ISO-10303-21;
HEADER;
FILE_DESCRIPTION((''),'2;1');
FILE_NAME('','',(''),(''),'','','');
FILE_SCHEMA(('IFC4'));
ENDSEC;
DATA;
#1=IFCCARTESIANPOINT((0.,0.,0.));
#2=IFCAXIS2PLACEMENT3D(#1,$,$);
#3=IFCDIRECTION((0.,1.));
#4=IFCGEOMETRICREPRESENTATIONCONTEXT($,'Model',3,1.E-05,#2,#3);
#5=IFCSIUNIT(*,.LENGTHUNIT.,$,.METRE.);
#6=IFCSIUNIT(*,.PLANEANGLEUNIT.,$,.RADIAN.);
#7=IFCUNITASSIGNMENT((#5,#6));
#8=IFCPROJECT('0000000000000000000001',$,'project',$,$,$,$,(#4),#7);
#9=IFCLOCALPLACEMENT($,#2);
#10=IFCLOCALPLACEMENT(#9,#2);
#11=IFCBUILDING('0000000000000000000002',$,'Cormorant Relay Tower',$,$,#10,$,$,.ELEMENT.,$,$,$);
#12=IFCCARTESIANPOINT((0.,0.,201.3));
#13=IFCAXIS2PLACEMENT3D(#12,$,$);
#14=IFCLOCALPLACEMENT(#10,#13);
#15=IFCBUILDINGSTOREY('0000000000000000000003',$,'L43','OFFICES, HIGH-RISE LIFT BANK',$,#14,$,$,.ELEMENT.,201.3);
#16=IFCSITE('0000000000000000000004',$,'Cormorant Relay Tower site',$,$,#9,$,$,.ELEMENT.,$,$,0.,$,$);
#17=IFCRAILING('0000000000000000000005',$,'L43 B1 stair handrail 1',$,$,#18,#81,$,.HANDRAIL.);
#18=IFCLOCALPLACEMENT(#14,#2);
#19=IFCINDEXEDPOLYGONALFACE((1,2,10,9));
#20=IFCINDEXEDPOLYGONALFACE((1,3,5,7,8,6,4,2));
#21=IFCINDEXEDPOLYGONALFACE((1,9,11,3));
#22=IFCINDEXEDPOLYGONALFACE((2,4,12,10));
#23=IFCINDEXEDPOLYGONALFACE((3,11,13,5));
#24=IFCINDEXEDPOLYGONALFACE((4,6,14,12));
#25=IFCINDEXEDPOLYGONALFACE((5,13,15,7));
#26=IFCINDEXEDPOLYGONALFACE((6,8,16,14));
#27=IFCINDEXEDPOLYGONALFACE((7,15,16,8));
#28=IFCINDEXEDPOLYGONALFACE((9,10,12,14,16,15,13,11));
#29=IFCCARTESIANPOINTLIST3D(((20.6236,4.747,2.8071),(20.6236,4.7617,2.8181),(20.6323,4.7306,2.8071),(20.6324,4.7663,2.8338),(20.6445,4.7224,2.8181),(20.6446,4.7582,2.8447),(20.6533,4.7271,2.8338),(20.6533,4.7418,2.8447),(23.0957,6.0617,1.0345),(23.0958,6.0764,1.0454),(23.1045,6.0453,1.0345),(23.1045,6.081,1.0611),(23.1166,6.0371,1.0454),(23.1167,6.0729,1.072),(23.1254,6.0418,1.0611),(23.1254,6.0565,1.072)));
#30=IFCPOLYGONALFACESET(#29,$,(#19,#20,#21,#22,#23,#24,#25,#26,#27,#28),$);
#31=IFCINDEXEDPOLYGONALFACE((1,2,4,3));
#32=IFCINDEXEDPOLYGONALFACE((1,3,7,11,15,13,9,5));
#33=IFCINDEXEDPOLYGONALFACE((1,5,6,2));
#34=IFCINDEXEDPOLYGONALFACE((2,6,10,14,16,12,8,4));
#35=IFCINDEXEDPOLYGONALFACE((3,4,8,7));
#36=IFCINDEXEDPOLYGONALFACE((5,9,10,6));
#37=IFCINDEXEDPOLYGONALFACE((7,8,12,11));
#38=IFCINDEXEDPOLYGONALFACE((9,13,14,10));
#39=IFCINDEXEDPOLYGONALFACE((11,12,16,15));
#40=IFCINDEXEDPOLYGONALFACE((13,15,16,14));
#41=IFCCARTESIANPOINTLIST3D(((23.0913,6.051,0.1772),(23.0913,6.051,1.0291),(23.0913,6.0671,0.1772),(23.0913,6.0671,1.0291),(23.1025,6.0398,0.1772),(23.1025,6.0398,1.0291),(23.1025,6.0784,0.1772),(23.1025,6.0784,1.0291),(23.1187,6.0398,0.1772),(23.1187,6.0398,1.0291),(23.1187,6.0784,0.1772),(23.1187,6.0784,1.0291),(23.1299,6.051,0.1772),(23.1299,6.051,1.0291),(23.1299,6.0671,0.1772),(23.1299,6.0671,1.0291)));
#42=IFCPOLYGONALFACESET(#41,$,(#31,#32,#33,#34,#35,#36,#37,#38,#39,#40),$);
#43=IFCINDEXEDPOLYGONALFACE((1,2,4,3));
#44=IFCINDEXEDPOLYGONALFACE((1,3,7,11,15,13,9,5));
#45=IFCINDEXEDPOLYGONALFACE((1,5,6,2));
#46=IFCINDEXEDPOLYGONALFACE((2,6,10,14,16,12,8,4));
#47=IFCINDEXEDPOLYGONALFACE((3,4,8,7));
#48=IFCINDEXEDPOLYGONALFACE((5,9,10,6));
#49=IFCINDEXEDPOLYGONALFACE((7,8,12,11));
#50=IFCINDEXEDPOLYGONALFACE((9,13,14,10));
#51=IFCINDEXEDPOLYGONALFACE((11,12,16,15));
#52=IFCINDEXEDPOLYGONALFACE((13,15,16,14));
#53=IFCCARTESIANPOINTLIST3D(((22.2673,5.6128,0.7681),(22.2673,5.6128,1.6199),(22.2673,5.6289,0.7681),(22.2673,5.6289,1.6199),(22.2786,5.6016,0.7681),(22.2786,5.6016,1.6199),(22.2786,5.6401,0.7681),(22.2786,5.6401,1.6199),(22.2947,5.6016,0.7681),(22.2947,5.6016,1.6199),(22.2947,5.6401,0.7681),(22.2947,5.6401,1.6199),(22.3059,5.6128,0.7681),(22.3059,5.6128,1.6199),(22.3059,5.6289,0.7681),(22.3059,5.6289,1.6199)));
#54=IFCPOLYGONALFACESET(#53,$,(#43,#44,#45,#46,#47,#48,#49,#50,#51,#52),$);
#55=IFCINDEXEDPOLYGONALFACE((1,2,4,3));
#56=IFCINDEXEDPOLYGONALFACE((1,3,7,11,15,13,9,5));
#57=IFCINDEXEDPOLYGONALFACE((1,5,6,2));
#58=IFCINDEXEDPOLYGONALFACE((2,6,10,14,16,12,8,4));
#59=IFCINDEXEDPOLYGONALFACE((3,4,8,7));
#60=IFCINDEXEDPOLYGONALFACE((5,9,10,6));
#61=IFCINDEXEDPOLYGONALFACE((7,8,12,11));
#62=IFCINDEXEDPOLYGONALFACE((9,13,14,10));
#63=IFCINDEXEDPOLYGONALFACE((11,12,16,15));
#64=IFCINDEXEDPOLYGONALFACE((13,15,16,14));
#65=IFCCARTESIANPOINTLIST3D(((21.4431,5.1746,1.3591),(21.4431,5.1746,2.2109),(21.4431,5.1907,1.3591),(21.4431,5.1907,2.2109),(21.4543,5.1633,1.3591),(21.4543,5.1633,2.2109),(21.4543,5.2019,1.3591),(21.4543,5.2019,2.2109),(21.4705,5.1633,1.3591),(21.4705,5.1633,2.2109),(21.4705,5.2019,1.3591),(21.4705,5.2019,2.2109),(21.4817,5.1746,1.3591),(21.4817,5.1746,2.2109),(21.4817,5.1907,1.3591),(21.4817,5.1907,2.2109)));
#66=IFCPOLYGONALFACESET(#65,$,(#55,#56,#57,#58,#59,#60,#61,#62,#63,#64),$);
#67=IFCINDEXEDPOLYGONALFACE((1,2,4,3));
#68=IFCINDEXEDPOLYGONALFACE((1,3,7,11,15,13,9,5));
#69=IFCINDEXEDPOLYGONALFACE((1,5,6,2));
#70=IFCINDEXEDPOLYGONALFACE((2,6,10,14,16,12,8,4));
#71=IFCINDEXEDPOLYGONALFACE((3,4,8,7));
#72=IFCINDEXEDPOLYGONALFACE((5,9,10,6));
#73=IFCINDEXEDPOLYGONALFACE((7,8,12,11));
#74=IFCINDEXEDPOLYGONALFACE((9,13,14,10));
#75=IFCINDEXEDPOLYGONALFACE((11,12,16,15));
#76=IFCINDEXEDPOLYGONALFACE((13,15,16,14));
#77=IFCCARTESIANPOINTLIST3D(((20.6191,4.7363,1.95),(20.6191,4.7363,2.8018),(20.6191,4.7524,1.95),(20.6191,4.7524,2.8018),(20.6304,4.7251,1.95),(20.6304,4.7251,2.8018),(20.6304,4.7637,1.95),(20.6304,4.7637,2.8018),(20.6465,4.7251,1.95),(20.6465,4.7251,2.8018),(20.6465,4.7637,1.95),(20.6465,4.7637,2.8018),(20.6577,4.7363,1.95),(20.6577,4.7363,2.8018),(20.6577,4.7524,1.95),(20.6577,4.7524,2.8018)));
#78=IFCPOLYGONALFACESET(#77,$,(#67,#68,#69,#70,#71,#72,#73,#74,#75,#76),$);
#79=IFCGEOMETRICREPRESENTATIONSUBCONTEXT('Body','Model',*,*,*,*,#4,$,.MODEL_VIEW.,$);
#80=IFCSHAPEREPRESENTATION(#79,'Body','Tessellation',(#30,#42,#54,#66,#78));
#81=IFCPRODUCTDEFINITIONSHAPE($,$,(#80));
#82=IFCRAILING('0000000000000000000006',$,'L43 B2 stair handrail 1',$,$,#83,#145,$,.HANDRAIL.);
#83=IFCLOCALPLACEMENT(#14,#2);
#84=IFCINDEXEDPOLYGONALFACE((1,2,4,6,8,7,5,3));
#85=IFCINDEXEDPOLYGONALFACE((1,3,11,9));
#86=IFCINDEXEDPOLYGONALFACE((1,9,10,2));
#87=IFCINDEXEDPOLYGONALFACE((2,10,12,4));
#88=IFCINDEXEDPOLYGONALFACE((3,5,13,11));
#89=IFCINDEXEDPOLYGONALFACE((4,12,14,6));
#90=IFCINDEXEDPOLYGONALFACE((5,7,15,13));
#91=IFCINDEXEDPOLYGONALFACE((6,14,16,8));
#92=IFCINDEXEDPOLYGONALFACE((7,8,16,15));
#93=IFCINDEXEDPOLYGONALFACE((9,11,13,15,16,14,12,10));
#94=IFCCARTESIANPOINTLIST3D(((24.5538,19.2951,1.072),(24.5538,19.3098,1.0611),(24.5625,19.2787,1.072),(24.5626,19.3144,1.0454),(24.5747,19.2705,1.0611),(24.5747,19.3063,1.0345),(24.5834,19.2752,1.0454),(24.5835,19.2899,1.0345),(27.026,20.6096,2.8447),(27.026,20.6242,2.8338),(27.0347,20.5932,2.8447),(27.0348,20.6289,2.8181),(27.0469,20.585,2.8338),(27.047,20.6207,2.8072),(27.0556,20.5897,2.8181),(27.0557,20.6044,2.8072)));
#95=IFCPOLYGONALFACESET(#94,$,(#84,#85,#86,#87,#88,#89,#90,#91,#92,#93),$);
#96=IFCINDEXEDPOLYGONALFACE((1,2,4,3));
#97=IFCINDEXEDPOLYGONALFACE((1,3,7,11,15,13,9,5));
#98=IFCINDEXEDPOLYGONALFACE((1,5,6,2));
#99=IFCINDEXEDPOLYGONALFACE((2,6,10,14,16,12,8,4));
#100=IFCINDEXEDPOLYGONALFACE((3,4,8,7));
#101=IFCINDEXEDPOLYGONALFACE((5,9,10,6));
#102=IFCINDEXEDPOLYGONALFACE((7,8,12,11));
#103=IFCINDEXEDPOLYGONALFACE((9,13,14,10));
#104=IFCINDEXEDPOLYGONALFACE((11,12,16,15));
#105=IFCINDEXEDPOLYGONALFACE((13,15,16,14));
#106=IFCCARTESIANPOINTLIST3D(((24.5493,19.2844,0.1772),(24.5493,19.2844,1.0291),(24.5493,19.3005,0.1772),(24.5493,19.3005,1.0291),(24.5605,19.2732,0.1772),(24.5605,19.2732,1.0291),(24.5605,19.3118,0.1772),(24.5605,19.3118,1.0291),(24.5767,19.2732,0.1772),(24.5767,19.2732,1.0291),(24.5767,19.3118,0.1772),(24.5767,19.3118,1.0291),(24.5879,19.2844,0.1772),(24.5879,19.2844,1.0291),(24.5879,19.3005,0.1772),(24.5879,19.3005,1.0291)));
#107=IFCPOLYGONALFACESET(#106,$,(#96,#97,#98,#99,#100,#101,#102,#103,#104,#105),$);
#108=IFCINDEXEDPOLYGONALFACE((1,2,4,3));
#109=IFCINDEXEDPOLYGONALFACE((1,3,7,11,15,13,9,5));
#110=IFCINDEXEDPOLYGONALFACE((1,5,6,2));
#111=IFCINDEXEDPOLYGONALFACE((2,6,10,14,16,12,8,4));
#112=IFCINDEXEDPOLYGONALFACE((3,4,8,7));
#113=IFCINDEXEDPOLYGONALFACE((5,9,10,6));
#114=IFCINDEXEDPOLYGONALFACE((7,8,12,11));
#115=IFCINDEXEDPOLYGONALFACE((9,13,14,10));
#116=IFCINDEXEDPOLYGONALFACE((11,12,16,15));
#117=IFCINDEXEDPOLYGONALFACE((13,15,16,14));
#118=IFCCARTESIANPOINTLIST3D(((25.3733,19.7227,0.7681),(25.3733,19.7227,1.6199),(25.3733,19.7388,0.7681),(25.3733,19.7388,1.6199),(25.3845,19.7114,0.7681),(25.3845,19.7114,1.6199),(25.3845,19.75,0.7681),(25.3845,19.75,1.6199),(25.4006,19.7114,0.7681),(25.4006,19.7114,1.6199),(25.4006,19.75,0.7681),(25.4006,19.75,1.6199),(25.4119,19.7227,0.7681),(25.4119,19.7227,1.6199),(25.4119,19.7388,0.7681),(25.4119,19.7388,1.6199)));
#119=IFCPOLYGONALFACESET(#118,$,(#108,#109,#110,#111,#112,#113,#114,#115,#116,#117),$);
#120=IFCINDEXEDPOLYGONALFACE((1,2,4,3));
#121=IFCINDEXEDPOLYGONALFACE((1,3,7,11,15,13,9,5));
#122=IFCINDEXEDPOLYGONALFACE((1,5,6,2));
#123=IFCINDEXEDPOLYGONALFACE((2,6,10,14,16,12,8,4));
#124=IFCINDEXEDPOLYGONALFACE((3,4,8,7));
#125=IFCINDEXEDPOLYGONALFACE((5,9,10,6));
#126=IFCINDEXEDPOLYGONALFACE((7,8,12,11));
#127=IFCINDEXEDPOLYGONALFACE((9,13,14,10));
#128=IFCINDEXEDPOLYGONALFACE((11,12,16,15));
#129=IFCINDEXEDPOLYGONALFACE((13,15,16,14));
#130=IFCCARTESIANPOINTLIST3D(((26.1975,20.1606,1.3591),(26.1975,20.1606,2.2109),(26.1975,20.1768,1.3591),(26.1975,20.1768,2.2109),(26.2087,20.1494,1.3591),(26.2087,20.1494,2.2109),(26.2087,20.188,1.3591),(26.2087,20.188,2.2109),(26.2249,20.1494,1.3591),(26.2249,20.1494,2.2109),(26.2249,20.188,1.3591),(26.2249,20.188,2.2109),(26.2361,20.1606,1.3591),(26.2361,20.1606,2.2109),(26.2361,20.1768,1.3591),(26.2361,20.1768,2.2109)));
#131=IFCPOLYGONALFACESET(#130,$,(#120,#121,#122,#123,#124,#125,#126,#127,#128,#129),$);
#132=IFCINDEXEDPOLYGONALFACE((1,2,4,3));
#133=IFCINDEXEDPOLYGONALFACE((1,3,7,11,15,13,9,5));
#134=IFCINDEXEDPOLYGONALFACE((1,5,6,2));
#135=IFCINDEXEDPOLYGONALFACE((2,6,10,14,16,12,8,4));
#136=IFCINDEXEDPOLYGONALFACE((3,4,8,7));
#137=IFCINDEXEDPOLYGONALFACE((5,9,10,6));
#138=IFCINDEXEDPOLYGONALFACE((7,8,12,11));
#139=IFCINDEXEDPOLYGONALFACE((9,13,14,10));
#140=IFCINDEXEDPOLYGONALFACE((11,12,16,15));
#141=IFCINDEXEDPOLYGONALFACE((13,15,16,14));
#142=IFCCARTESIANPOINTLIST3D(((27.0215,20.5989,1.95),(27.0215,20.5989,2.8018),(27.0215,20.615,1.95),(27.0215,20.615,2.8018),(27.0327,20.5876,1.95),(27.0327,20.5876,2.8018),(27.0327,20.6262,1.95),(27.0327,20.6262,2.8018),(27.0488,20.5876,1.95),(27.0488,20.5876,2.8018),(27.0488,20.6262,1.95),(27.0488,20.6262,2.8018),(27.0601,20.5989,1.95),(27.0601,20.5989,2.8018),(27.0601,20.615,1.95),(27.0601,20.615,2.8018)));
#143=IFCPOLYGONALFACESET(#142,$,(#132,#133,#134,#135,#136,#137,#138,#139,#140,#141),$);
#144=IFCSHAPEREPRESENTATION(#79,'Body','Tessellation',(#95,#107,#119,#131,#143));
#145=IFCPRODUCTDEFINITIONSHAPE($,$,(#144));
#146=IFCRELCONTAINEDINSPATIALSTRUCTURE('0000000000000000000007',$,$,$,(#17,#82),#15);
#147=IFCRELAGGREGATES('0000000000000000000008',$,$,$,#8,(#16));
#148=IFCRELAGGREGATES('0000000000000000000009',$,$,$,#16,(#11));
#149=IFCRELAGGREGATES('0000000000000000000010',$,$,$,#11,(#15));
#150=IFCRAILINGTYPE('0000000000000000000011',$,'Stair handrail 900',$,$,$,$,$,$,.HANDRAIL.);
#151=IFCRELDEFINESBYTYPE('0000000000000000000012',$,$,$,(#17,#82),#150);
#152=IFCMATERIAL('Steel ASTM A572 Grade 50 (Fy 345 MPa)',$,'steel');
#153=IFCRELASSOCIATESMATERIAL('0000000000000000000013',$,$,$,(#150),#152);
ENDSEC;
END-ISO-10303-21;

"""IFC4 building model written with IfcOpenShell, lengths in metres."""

from ifc_helpers import new_model, si_unit, direction, frame, origin, place, context, subcontext, project, spatial, polyline, outline, extrude, material, type_object, element, save


model = new_model("IFC4")

# Units and contexts
model_context = context("Model", 3, precision=1e-05, world=origin(), true_north=direction((0.0, 1.0)))
body_context = subcontext(model_context, "Body", "Model", "MODEL_VIEW")
ifc_project = project(units=[si_unit("LENGTHUNIT", "METRE"), si_unit("PLANEANGLEUNIT", "RADIAN")], contexts=[model_context])

# Site, building, storey
site_placement = place(None, origin())
site = spatial("IfcSite", under=ifc_project, at=site_placement, Name="Cormorant Relay Tower site", CompositionType="ELEMENT", RefElevation=0.0)
building_placement = place(site_placement, origin())
building = spatial("IfcBuilding", under=site, at=building_placement, Name="Cormorant Relay Tower", CompositionType="ELEMENT")
storey_placement = place(building_placement, frame((0.0, 0.0, 201.3)))
storey = spatial("IfcBuildingStorey", under=building, at=storey_placement, Name="L43", Description="OFFICES, HIGH-RISE LIFT BANK", CompositionType="ELEMENT", Elevation=201.3)

# Railings
ifc_material_1 = material(Name="Steel ASTM A572 Grade 50 (Fy 345 MPa)", Category="steel")
railing_type_1 = type_object("IfcRailingType", Name="Stair handrail 900", PredefinedType="HANDRAIL", material=ifc_material_1)
railing_1_placement = place(storey_placement, frame((23.1106, 6.0591, 0.1772)))
element("IfcRailing", 1, at=railing_1_placement, inside=storey, type_object=railing_type_1, Name="L43 B1 stair handrail 1", PredefinedType="HANDRAIL", context=body_context, shape_type="SweptSolid", body=[
    extrude(outline(polyline([(0.0222, 0.0093), (0.0093, 0.0222), (-0.0093, 0.0222), (-0.0222, 0.0093), (-0.0222, -0.0093), (-0.0093, -0.0222), (0.0093, -0.0222), (0.0222, -0.0093), (0.0222, 0.0093)])), frame((0.0, 0.0, 0.876), z_axis=(-0.745979, -0.396711, 0.534916), x_axis=(0.469533, -0.882915, 0.0)), (0.0, 0.0, 1.0), 3.314),
    extrude(outline(polyline([(0.0193, 0.0081), (0.0081, 0.0193), (-0.0081, 0.0193), (-0.0193, 0.0081), (-0.0193, -0.0081), (-0.0081, -0.0193), (0.0081, -0.0193), (0.0193, -0.0081), (0.0193, 0.0081)])), origin(), (0.0, 0.0, 1.0), 0.8518),
    extrude(outline(polyline([(0.0193, 0.0081), (0.0081, 0.0193), (-0.0081, 0.0193), (-0.0193, 0.0081), (-0.0193, -0.0081), (-0.0081, -0.0193), (0.0081, -0.0193), (0.0193, -0.0081), (0.0193, 0.0081)])), frame((-0.824, -0.4382, 0.5908)), (0.0, 0.0, 1.0), 0.8518),
    extrude(outline(polyline([(0.0193, 0.0081), (0.0081, 0.0193), (-0.0081, 0.0193), (-0.0193, 0.0081), (-0.0193, -0.0081), (-0.0081, -0.0193), (0.0081, -0.0193), (0.0193, -0.0081), (0.0193, 0.0081)])), frame((-1.6482, -0.8765, 1.1819)), (0.0, 0.0, 1.0), 0.8518),
    extrude(outline(polyline([(0.0193, 0.0081), (0.0081, 0.0193), (-0.0081, 0.0193), (-0.0193, 0.0081), (-0.0193, -0.0081), (-0.0081, -0.0193), (0.0081, -0.0193), (0.0193, -0.0081), (0.0193, 0.0081)])), frame((-2.4722, -1.3147, 1.7727)), (0.0, 0.0, 1.0), 0.8518),
])
railing_2_placement = place(storey_placement, frame((24.5686, 19.2925, 0.1772)))
element("IfcRailing", 2, at=railing_2_placement, inside=storey, type_object=railing_type_1, Name="L43 B2 stair handrail 1", PredefinedType="HANDRAIL", context=body_context, shape_type="SweptSolid", body=[
    extrude(outline(polyline([(0.0222, 0.0093), (0.0093, 0.0222), (-0.0093, 0.0222), (-0.0222, 0.0093), (-0.0222, -0.0093), (-0.0093, -0.0222), (0.0093, -0.0222), (0.0222, -0.0093), (0.0222, 0.0093)])), frame((0.0, 0.0, 0.876), z_axis=(0.746001, 0.396649, 0.534931), x_axis=(-0.469465, 0.882951, 0.0)), (0.0, 0.0, 1.0), 3.314),
    extrude(outline(polyline([(0.0193, 0.0081), (0.0081, 0.0193), (-0.0081, 0.0193), (-0.0193, 0.0081), (-0.0193, -0.0081), (-0.0081, -0.0193), (0.0081, -0.0193), (0.0193, -0.0081), (0.0193, 0.0081)])), origin(), (0.0, 0.0, 1.0), 0.8518),
    extrude(outline(polyline([(0.0193, 0.0081), (0.0081, 0.0193), (-0.0081, 0.0193), (-0.0193, 0.0081), (-0.0193, -0.0081), (-0.0081, -0.0193), (0.0081, -0.0193), (0.0193, -0.0081), (0.0193, 0.0081)])), frame((0.824, 0.4382, 0.5908)), (0.0, 0.0, 1.0), 0.8518),
    extrude(outline(polyline([(0.0193, 0.0081), (0.0081, 0.0193), (-0.0081, 0.0193), (-0.0193, 0.0081), (-0.0193, -0.0081), (-0.0081, -0.0193), (0.0081, -0.0193), (0.0193, -0.0081), (0.0193, 0.0081)])), frame((1.6482, 0.8762, 1.1819)), (0.0, 0.0, 1.0), 0.8518),
    extrude(outline(polyline([(0.0193, 0.0081), (0.0081, 0.0193), (-0.0081, 0.0193), (-0.0193, 0.0081), (-0.0193, -0.0081), (-0.0081, -0.0193), (0.0081, -0.0193), (0.0193, -0.0081), (0.0193, 0.0081)])), frame((2.4722, 1.3145, 1.7727)), (0.0, 0.0, 1.0), 0.8518),
])

save(model, "model.ifc")
